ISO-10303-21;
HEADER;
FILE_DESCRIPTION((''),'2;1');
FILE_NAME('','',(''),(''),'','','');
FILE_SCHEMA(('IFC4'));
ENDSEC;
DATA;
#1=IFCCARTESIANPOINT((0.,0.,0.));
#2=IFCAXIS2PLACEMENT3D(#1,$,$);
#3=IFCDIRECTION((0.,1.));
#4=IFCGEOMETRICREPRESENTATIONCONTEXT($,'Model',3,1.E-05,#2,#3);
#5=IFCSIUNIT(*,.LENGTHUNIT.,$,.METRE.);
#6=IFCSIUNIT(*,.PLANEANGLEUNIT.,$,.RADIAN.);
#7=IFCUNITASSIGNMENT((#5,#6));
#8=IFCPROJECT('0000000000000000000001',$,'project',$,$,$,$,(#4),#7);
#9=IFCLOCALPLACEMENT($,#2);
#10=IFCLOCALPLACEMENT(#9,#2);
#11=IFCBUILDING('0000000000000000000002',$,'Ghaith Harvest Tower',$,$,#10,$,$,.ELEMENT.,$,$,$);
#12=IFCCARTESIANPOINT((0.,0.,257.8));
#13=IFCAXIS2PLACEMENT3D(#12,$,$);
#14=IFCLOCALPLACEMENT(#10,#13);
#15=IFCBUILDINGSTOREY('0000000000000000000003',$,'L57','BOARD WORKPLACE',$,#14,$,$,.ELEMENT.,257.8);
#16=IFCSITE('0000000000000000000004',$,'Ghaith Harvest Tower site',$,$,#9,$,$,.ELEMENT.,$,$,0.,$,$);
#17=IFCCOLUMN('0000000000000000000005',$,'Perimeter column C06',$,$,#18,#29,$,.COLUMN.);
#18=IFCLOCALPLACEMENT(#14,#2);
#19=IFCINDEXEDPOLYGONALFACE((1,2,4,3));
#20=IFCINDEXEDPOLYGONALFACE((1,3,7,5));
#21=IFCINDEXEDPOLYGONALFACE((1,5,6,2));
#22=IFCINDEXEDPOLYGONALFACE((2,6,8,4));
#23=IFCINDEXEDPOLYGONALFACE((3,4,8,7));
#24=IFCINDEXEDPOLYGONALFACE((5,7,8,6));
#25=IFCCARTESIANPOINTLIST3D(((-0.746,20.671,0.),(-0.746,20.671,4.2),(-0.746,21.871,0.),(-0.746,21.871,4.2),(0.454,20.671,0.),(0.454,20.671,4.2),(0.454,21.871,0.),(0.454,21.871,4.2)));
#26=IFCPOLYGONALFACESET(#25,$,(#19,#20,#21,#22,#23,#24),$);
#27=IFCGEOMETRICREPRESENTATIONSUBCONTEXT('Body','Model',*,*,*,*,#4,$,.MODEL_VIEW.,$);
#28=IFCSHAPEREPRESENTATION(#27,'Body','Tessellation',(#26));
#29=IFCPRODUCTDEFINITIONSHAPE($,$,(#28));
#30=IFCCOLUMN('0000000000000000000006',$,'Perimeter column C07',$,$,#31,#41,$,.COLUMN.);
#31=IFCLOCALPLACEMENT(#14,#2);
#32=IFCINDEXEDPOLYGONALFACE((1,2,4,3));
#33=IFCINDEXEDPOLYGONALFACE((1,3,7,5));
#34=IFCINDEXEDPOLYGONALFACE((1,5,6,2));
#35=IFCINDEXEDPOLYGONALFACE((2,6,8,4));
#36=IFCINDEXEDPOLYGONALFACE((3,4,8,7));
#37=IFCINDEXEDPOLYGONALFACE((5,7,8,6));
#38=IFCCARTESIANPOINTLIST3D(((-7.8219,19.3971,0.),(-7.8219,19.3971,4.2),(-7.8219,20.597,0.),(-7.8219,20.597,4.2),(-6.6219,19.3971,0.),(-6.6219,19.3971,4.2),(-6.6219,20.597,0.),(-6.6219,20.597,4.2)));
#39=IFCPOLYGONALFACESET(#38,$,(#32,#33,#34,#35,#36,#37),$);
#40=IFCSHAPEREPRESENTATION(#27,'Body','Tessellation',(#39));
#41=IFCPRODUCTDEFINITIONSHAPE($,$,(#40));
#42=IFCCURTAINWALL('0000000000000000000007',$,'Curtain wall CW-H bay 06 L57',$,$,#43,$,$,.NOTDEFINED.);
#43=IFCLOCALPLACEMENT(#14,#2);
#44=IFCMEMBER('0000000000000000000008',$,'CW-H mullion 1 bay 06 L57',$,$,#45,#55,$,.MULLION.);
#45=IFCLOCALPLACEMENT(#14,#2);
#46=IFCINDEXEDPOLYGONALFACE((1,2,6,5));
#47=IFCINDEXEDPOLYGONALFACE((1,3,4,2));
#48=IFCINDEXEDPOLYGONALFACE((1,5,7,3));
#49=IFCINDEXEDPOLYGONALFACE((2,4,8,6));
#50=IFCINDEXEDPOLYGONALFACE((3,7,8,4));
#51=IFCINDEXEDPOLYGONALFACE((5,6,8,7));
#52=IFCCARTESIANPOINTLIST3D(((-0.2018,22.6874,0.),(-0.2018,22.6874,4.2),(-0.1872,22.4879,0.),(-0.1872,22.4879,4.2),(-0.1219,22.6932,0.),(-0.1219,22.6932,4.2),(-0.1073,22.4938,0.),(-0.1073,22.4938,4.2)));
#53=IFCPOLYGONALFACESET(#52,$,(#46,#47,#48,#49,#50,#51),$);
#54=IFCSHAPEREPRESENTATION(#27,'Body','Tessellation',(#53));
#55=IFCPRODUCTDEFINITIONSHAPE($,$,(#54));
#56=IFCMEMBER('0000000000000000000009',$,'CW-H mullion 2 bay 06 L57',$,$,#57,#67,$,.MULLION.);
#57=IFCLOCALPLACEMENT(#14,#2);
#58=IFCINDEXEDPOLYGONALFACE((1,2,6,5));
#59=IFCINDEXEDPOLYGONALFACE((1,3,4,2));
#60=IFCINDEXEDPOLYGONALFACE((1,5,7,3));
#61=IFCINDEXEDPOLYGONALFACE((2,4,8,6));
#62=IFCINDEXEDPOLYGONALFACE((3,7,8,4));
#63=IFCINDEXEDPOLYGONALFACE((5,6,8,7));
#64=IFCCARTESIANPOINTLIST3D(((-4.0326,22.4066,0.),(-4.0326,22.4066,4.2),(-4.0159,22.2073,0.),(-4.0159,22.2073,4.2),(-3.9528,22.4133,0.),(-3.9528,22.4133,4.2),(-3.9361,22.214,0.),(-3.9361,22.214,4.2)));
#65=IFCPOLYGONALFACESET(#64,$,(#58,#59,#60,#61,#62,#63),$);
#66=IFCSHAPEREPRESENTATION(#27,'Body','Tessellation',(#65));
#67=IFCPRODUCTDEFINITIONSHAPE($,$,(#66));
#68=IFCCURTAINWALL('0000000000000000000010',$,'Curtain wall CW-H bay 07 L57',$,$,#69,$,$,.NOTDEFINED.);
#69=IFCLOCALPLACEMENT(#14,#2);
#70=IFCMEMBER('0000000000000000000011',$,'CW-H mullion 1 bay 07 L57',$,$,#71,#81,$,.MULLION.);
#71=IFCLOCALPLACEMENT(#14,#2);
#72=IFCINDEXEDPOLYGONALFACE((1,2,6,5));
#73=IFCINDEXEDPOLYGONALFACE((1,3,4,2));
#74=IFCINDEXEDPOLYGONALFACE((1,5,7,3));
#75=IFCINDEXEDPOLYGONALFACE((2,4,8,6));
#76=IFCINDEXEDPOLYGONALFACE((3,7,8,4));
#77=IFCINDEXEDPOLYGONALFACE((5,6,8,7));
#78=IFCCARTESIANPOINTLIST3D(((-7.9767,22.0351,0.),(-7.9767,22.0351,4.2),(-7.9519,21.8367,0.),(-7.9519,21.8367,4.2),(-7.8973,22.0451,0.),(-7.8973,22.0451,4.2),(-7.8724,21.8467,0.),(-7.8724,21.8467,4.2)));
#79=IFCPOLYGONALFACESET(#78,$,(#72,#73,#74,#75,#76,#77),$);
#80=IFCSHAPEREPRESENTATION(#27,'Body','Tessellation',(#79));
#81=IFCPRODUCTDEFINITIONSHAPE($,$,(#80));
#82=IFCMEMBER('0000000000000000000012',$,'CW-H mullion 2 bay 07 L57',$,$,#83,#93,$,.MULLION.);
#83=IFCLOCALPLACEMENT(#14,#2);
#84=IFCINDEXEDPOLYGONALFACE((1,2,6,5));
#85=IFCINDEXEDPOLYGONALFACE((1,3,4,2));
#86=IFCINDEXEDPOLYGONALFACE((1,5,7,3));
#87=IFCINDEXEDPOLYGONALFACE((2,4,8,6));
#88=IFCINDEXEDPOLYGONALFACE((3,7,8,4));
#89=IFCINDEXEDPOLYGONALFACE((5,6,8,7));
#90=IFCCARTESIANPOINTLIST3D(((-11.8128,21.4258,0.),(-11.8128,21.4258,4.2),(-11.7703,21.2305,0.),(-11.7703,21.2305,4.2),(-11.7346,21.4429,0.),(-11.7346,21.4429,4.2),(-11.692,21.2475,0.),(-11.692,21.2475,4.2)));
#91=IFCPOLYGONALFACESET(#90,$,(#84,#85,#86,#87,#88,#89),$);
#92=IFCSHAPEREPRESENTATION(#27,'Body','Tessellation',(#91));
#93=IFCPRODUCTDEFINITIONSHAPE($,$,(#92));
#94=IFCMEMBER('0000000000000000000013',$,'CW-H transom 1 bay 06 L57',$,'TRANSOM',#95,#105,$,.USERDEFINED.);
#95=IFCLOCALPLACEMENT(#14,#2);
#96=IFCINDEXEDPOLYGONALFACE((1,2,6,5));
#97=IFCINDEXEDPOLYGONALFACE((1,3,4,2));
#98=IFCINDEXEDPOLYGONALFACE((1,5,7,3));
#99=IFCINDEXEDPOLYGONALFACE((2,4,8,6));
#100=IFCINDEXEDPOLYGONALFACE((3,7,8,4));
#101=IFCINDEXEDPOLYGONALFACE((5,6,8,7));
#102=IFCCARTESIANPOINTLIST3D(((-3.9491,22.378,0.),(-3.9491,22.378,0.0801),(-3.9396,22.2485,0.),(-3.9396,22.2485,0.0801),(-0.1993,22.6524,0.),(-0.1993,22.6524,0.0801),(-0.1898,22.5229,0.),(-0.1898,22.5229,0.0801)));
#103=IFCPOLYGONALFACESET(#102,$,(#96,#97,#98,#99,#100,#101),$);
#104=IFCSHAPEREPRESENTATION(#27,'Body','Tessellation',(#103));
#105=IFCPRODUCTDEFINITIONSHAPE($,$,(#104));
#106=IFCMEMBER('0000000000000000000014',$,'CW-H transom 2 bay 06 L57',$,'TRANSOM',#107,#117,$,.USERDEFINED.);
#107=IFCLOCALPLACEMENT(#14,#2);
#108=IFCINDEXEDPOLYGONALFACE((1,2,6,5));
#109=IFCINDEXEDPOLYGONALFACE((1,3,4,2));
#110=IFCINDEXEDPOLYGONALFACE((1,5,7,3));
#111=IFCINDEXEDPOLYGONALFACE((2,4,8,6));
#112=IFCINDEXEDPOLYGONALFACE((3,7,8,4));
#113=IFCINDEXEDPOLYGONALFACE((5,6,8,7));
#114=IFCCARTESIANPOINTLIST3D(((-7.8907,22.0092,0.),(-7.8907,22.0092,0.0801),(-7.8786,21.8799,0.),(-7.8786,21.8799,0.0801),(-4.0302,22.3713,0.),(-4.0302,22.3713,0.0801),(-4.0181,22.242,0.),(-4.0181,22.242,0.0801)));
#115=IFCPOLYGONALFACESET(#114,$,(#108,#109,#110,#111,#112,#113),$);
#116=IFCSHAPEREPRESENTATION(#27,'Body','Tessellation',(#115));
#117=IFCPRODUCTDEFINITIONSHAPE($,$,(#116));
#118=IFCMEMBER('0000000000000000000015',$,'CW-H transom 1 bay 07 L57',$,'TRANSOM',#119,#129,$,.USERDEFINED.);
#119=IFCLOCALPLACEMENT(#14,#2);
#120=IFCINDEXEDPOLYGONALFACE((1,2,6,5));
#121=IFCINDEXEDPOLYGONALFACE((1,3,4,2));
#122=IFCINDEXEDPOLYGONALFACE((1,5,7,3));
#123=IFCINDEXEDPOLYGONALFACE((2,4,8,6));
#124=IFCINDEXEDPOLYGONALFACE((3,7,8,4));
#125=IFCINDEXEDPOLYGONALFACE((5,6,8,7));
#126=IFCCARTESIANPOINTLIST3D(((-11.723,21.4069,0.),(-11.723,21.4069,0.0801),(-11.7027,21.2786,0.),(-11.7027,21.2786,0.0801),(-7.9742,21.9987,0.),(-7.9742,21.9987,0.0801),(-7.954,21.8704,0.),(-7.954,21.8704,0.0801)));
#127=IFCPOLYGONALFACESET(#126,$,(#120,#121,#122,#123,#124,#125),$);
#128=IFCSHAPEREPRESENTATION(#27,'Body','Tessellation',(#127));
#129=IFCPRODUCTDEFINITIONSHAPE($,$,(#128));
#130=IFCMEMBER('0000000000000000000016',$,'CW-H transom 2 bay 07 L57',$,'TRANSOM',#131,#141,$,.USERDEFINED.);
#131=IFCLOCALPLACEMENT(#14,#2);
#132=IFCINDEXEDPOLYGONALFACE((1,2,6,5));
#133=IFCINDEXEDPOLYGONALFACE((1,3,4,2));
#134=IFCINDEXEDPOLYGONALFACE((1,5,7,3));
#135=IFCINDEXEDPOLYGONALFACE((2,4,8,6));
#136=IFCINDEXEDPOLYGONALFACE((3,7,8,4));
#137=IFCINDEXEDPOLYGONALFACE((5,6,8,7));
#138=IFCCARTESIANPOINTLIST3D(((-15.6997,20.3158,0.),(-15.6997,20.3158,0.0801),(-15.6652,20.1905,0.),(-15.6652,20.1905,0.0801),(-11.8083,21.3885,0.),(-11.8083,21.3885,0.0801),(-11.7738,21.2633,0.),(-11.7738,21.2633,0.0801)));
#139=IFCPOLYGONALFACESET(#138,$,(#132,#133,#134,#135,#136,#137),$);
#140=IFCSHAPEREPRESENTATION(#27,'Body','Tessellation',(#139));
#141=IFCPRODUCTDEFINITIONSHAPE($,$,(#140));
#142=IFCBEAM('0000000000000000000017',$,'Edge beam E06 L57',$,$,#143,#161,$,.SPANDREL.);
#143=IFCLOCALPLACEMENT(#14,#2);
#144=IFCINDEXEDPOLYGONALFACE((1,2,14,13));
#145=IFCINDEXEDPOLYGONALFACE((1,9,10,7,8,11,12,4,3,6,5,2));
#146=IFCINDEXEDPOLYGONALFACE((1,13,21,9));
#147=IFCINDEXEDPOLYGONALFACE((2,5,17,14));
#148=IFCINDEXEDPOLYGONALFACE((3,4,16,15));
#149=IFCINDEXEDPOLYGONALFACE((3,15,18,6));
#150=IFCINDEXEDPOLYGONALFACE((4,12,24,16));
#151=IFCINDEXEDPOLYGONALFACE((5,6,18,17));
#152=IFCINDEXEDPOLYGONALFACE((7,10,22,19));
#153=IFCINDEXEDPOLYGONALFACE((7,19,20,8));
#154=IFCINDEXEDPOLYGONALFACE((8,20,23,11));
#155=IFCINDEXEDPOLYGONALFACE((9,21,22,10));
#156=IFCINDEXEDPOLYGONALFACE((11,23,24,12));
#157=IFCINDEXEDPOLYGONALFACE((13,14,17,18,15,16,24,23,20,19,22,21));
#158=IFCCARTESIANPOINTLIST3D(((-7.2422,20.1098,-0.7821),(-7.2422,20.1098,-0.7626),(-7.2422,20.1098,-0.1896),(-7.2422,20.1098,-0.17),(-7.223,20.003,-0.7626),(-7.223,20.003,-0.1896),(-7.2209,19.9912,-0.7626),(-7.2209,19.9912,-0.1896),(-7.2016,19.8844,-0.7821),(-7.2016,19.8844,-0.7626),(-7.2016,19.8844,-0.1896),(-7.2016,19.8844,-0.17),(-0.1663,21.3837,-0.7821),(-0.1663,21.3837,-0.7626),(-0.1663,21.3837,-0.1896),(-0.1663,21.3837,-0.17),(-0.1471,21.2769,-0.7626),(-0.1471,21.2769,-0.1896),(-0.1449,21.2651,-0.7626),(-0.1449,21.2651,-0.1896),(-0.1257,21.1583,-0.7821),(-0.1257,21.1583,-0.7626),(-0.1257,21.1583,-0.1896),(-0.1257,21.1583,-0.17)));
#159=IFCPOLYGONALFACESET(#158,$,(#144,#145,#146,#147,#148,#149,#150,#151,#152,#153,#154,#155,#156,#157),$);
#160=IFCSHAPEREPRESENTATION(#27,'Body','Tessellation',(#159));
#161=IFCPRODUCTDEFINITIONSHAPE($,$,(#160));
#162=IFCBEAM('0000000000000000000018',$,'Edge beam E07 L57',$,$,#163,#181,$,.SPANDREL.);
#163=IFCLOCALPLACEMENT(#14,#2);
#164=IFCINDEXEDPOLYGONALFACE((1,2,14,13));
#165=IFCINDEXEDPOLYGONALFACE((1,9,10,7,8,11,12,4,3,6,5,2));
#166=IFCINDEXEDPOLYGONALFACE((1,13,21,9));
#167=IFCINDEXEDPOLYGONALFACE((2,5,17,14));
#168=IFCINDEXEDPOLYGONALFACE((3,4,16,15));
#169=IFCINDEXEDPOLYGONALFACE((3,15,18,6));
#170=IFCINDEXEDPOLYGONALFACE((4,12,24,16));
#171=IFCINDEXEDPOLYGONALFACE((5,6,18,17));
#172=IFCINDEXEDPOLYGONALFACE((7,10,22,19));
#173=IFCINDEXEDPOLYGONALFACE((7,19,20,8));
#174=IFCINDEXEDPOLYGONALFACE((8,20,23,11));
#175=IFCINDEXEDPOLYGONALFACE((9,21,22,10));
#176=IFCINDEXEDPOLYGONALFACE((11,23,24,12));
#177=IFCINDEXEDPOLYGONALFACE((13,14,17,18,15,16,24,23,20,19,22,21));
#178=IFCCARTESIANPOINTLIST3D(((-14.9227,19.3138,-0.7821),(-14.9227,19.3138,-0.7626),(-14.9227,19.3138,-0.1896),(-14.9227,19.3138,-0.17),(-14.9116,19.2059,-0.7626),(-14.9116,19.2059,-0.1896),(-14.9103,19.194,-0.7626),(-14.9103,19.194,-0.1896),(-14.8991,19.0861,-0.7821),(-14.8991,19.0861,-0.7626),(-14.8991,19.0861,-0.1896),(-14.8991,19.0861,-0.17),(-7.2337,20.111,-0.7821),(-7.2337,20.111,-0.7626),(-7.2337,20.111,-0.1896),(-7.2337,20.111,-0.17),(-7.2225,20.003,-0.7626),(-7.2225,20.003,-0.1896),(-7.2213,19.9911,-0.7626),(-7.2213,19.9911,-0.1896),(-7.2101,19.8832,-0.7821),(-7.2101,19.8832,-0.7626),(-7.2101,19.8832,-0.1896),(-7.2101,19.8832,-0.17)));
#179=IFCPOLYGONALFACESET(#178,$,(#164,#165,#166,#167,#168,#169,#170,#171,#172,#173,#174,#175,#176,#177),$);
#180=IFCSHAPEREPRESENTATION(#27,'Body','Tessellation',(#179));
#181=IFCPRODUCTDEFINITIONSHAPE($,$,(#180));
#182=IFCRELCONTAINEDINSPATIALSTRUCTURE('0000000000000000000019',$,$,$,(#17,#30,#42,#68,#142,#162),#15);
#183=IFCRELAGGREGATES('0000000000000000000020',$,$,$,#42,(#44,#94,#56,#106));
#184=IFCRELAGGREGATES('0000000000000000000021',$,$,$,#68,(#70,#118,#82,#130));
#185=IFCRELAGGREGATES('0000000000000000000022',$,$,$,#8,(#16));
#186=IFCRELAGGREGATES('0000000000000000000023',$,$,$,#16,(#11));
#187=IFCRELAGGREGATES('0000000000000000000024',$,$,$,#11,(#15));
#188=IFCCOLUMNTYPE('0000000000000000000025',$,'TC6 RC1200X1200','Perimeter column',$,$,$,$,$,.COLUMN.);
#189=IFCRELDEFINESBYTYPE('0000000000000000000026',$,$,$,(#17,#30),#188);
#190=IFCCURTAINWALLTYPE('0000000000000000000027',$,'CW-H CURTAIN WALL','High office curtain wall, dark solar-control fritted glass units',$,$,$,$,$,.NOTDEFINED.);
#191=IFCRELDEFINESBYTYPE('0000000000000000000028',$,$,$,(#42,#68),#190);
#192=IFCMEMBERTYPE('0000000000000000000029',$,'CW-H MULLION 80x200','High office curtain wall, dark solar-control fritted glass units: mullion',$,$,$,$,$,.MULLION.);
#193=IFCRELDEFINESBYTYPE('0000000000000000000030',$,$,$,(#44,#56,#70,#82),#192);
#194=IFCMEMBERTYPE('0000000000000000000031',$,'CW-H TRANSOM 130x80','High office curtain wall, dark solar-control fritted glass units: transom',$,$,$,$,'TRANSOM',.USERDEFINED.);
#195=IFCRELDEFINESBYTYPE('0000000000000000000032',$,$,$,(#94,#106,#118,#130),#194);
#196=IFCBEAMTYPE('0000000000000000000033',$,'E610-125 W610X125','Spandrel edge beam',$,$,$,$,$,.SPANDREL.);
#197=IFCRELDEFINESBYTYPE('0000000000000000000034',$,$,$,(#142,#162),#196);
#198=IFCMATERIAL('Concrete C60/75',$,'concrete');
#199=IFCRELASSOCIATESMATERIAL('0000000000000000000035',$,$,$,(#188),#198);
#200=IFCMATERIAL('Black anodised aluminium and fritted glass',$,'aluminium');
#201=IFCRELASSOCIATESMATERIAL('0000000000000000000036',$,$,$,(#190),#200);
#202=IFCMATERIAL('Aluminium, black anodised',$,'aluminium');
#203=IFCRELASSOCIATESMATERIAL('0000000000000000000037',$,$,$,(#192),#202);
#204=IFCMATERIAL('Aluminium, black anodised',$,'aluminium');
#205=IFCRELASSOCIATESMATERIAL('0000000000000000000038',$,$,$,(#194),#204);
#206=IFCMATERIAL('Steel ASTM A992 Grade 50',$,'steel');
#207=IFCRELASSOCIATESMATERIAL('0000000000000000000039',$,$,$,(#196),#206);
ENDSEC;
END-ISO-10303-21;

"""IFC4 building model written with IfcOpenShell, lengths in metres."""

from ifc_helpers import new_model, si_unit, direction, frame, origin, origin_2d, place, context, subcontext, project, spatial, rectangle, i_section, extrude, material, material_profile, profile_set, type_object, element, aggregate, save


model = new_model("IFC4")

# Units and contexts
model_context = context("Model", 3, precision=1e-05, world=origin(), true_north=direction((0.0, 1.0)))
body_context = subcontext(model_context, "Body", "Model", "MODEL_VIEW")
ifc_project = project(units=[si_unit("LENGTHUNIT", "METRE"), si_unit("PLANEANGLEUNIT", "RADIAN")], contexts=[model_context])

# Site, building, storey
site_placement = place(None, origin())
site = spatial("IfcSite", under=ifc_project, at=site_placement, Name="Ghaith Harvest Tower site", CompositionType="ELEMENT", RefElevation=0.0)
building_placement = place(site_placement, origin())
building = spatial("IfcBuilding", under=site, at=building_placement, Name="Ghaith Harvest Tower", CompositionType="ELEMENT")
storey_placement = place(building_placement, frame((0.0, 0.0, 257.8)))
storey = spatial("IfcBuildingStorey", under=building, at=storey_placement, Name="L57", Description="BOARD WORKPLACE", CompositionType="ELEMENT", Elevation=257.8)

# Columns
ifc_material_1 = material(Name="Concrete C60/75", Category="concrete")
ifc_material_profile_1 = material_profile(ifc_material_1, rectangle(XDim=1.2, YDim=1.2, at=origin_2d()), Name="RC1200X1200")
ifc_profile_set_1 = profile_set([ifc_material_profile_1], Name="Concrete C60/75")
column_type = type_object("IfcColumnType", Name="TC6 RC1200X1200", Description="Perimeter column", PredefinedType="COLUMN", material=ifc_profile_set_1)
for number, where, z_axis, x_axis, name in (
    (1, (-0.146, 21.271, 0.0), (0.0, 0.0, 1.0), (1.0, 0.0, 0.0), "Perimeter column C06"),
    (2, (-7.2219, 19.9971, 0.0), (0.0, 0.0, 1.0), (1.0, 0.0, 0.0), "Perimeter column C07"),
):
    element("IfcColumn", number, at=place(storey_placement, frame(where, z_axis=z_axis, x_axis=x_axis)), inside=storey, type_object=column_type, Name=name, PredefinedType="COLUMN", context=body_context, shape_type="SweptSolid", body=[
        extrude(rectangle(XDim=1.2, YDim=1.2, at=origin_2d()), origin(), (0.0, 0.0, 1.0), 4.2),
    ])

# Curtain walls, members
ifc_material_2 = material(Name="Black anodised aluminium and fritted glass", Category="aluminium")
curtain_wall_type = type_object("IfcCurtainWallType", Name="CW-H CURTAIN WALL", Description="High office curtain wall, dark solar-control fritted glass units", PredefinedType="NOTDEFINED", material=ifc_material_2)
curtain_wall_1_placement = place(storey_placement, origin())
curtain_wall_1 = element("IfcCurtainWall", 3, at=curtain_wall_1_placement, inside=storey, type_object=curtain_wall_type, Name="Curtain wall CW-H bay 06 L57", PredefinedType="NOTDEFINED")
ifc_material_3 = material(Name="Aluminium, black anodised", Category="aluminium")
ifc_material_profile_2 = material_profile(ifc_material_3, rectangle(XDim=0.0801, YDim=0.2, at=origin_2d()), Name="CW-H MULLION 80x200")
ifc_profile_set_2 = profile_set([ifc_material_profile_2], Name="Aluminium, black anodised")
member_type_1 = type_object("IfcMemberType", Name="CW-H MULLION 80x200", Description="High office curtain wall, dark solar-control fritted glass units: mullion", PredefinedType="MULLION", material=ifc_profile_set_2)
member_1_placement = place(storey_placement, frame((-0.1545, 22.5906, 0.0), z_axis=(0.0, 0.0, 1.0), x_axis=(-0.997329, -0.073037, 0.0)))
member_1 = element("IfcMember", 4, at=member_1_placement, type_object=member_type_1, Name="CW-H mullion 1 bay 06 L57", PredefinedType="MULLION", context=body_context, shape_type="SweptSolid", body=[
    extrude(rectangle(XDim=0.0801, YDim=0.2, at=origin_2d()), origin(), (0.0, 0.0, 1.0), 4.2),
])
member_2_placement = place(storey_placement, frame((-3.9844, 22.3103, 0.0), z_axis=(0.0, 0.0, 1.0), x_axis=(-0.996523, -0.083324, 0.0)))
member_2 = element("IfcMember", 5, at=member_2_placement, type_object=member_type_1, Name="CW-H mullion 2 bay 06 L57", PredefinedType="MULLION", context=body_context, shape_type="SweptSolid", body=[
    extrude(rectangle(XDim=0.0801, YDim=0.2, at=origin_2d()), origin(), (0.0, 0.0, 1.0), 4.2),
])
curtain_wall_2_placement = place(storey_placement, origin())
curtain_wall_2 = element("IfcCurtainWall", 6, at=curtain_wall_2_placement, inside=storey, type_object=curtain_wall_type, Name="Curtain wall CW-H bay 07 L57", PredefinedType="NOTDEFINED")
member_3_placement = place(storey_placement, frame((-7.9246, 21.9409, 0.0), z_axis=(0.0, 0.0, 1.0), x_axis=(-0.992235, -0.124373, 0.0)))
member_3 = element("IfcMember", 7, at=member_3_placement, type_object=member_type_1, Name="CW-H mullion 1 bay 07 L57", PredefinedType="MULLION", context=body_context, shape_type="SweptSolid", body=[
    extrude(rectangle(XDim=0.0801, YDim=0.2, at=origin_2d()), origin(), (0.0, 0.0, 1.0), 4.2),
])
member_4_placement = place(storey_placement, frame((-11.7524, 21.3367, 0.0), z_axis=(0.0, 0.0, 1.0), x_axis=(-0.977086, -0.212843, 0.0)))
member_4 = element("IfcMember", 8, at=member_4_placement, type_object=member_type_1, Name="CW-H mullion 2 bay 07 L57", PredefinedType="MULLION", context=body_context, shape_type="SweptSolid", body=[
    extrude(rectangle(XDim=0.0801, YDim=0.2, at=origin_2d()), origin(), (0.0, 0.0, 1.0), 4.2),
])

# Members
ifc_material_4 = material(Name="Aluminium, black anodised", Category="aluminium")
ifc_material_profile_3 = material_profile(ifc_material_4, rectangle(XDim=0.1299, YDim=0.0801, at=origin_2d()), Name="CW-H TRANSOM 130x80")
ifc_profile_set_3 = profile_set([ifc_material_profile_3], Name="Aluminium, black anodised")
member_type_2 = type_object("IfcMemberType", Name="CW-H TRANSOM 130x80", Description="High office curtain wall, dark solar-control fritted glass units: transom", ElementType="TRANSOM", PredefinedType="USERDEFINED", material=ifc_profile_set_3)
member_5_placement = place(storey_placement, frame((-0.1946, 22.5876, 0.04), z_axis=(-0.997333, -0.072987, 0.0), x_axis=(0.072987, -0.997333, 0.0)))
member_5 = element("IfcMember", 9, at=member_5_placement, type_object=member_type_2, Name="CW-H transom 1 bay 06 L57", ObjectType="TRANSOM", PredefinedType="USERDEFINED", context=body_context, shape_type="SweptSolid", body=[
    extrude(rectangle(XDim=0.1299, YDim=0.0801, at=origin_2d()), origin(), (0.0, 0.0, 1.0), 3.7598),
])
member_6_placement = place(storey_placement, frame((-4.0242, 22.3066, 0.04), z_axis=(-0.995631, -0.093374, 0.0), x_axis=(0.093374, -0.995631, 0.0)))
member_6 = element("IfcMember", 10, at=member_6_placement, type_object=member_type_2, Name="CW-H transom 2 bay 06 L57", ObjectType="TRANSOM", PredefinedType="USERDEFINED", context=body_context, shape_type="SweptSolid", body=[
    extrude(rectangle(XDim=0.1299, YDim=0.0801, at=origin_2d()), origin(), (0.0, 0.0, 1.0), 3.8774),
])
member_7_placement = place(storey_placement, frame((-7.9641, 21.9346, 0.04), z_axis=(-0.987768, -0.155933, 0.0), x_axis=(0.155933, -0.987768, 0.0)))
member_7 = element("IfcMember", 11, at=member_7_placement, type_object=member_type_2, Name="CW-H transom 1 bay 07 L57", ObjectType="TRANSOM", PredefinedType="USERDEFINED", context=body_context, shape_type="SweptSolid", body=[
    extrude(rectangle(XDim=0.1299, YDim=0.0801, at=origin_2d()), origin(), (0.0, 0.0, 1.0), 3.7952),
])
member_8_placement = place(storey_placement, frame((-11.791, 21.3259, 0.04), z_axis=(-0.964039, -0.265762, 0.0), x_axis=(0.265762, -0.964039, 0.0)))
member_8 = element("IfcMember", 12, at=member_8_placement, type_object=member_type_2, Name="CW-H transom 2 bay 07 L57", ObjectType="TRANSOM", PredefinedType="USERDEFINED", context=body_context, shape_type="SweptSolid", body=[
    extrude(rectangle(XDim=0.1299, YDim=0.0801, at=origin_2d()), origin(), (0.0, 0.0, 1.0), 4.0366),
])

# Beams
ifc_material_5 = material(Name="Steel ASTM A992 Grade 50", Category="steel")
ifc_material_profile_4 = material_profile(ifc_material_5, i_section(OverallWidth=0.229, OverallDepth=0.6121, WebThickness=0.012, FlangeThickness=0.0195, at=origin_2d()), Name="W610X125")
ifc_profile_set_4 = profile_set([ifc_material_profile_4], Name="Steel ASTM A992 Grade 50")
beam_type_1 = type_object("IfcBeamType", Name="E610-125 W610X125", Description="Spandrel edge beam", PredefinedType="SPANDREL", material=ifc_profile_set_4)
beam_1_placement = place(storey_placement, frame((-0.146, 21.271, -0.4761), z_axis=(-0.984177, -0.177188, 0.0), x_axis=(0.177188, -0.984177, 0.0)))
element("IfcBeam", 13, at=beam_1_placement, inside=storey, type_object=beam_type_1, Name="Edge beam E06 L57", PredefinedType="SPANDREL", context=body_context, shape_type="SweptSolid", body=[
    extrude(i_section(OverallWidth=0.229, OverallDepth=0.6121, WebThickness=0.012, FlangeThickness=0.0195, at=origin_2d()), origin(), (0.0, 0.0, 1.0), 7.1897),
])
beam_2_placement = place(storey_placement, frame((-7.2219, 19.9971, -0.4761), z_axis=(-0.994669, -0.103118, 0.0), x_axis=(0.103118, -0.994669, 0.0)))
element("IfcBeam", 14, at=beam_2_placement, inside=storey, type_object=beam_type_1, Name="Edge beam E07 L57", PredefinedType="SPANDREL", context=body_context, shape_type="SweptSolid", body=[
    extrude(i_section(OverallWidth=0.229, OverallDepth=0.6121, WebThickness=0.012, FlangeThickness=0.0195, at=origin_2d()), origin(), (0.0, 0.0, 1.0), 7.7302),
])

aggregate(curtain_wall_1, [member_1, member_5, member_2, member_6])
aggregate(curtain_wall_2, [member_3, member_7, member_4, member_8])

save(model, "model.ifc")
